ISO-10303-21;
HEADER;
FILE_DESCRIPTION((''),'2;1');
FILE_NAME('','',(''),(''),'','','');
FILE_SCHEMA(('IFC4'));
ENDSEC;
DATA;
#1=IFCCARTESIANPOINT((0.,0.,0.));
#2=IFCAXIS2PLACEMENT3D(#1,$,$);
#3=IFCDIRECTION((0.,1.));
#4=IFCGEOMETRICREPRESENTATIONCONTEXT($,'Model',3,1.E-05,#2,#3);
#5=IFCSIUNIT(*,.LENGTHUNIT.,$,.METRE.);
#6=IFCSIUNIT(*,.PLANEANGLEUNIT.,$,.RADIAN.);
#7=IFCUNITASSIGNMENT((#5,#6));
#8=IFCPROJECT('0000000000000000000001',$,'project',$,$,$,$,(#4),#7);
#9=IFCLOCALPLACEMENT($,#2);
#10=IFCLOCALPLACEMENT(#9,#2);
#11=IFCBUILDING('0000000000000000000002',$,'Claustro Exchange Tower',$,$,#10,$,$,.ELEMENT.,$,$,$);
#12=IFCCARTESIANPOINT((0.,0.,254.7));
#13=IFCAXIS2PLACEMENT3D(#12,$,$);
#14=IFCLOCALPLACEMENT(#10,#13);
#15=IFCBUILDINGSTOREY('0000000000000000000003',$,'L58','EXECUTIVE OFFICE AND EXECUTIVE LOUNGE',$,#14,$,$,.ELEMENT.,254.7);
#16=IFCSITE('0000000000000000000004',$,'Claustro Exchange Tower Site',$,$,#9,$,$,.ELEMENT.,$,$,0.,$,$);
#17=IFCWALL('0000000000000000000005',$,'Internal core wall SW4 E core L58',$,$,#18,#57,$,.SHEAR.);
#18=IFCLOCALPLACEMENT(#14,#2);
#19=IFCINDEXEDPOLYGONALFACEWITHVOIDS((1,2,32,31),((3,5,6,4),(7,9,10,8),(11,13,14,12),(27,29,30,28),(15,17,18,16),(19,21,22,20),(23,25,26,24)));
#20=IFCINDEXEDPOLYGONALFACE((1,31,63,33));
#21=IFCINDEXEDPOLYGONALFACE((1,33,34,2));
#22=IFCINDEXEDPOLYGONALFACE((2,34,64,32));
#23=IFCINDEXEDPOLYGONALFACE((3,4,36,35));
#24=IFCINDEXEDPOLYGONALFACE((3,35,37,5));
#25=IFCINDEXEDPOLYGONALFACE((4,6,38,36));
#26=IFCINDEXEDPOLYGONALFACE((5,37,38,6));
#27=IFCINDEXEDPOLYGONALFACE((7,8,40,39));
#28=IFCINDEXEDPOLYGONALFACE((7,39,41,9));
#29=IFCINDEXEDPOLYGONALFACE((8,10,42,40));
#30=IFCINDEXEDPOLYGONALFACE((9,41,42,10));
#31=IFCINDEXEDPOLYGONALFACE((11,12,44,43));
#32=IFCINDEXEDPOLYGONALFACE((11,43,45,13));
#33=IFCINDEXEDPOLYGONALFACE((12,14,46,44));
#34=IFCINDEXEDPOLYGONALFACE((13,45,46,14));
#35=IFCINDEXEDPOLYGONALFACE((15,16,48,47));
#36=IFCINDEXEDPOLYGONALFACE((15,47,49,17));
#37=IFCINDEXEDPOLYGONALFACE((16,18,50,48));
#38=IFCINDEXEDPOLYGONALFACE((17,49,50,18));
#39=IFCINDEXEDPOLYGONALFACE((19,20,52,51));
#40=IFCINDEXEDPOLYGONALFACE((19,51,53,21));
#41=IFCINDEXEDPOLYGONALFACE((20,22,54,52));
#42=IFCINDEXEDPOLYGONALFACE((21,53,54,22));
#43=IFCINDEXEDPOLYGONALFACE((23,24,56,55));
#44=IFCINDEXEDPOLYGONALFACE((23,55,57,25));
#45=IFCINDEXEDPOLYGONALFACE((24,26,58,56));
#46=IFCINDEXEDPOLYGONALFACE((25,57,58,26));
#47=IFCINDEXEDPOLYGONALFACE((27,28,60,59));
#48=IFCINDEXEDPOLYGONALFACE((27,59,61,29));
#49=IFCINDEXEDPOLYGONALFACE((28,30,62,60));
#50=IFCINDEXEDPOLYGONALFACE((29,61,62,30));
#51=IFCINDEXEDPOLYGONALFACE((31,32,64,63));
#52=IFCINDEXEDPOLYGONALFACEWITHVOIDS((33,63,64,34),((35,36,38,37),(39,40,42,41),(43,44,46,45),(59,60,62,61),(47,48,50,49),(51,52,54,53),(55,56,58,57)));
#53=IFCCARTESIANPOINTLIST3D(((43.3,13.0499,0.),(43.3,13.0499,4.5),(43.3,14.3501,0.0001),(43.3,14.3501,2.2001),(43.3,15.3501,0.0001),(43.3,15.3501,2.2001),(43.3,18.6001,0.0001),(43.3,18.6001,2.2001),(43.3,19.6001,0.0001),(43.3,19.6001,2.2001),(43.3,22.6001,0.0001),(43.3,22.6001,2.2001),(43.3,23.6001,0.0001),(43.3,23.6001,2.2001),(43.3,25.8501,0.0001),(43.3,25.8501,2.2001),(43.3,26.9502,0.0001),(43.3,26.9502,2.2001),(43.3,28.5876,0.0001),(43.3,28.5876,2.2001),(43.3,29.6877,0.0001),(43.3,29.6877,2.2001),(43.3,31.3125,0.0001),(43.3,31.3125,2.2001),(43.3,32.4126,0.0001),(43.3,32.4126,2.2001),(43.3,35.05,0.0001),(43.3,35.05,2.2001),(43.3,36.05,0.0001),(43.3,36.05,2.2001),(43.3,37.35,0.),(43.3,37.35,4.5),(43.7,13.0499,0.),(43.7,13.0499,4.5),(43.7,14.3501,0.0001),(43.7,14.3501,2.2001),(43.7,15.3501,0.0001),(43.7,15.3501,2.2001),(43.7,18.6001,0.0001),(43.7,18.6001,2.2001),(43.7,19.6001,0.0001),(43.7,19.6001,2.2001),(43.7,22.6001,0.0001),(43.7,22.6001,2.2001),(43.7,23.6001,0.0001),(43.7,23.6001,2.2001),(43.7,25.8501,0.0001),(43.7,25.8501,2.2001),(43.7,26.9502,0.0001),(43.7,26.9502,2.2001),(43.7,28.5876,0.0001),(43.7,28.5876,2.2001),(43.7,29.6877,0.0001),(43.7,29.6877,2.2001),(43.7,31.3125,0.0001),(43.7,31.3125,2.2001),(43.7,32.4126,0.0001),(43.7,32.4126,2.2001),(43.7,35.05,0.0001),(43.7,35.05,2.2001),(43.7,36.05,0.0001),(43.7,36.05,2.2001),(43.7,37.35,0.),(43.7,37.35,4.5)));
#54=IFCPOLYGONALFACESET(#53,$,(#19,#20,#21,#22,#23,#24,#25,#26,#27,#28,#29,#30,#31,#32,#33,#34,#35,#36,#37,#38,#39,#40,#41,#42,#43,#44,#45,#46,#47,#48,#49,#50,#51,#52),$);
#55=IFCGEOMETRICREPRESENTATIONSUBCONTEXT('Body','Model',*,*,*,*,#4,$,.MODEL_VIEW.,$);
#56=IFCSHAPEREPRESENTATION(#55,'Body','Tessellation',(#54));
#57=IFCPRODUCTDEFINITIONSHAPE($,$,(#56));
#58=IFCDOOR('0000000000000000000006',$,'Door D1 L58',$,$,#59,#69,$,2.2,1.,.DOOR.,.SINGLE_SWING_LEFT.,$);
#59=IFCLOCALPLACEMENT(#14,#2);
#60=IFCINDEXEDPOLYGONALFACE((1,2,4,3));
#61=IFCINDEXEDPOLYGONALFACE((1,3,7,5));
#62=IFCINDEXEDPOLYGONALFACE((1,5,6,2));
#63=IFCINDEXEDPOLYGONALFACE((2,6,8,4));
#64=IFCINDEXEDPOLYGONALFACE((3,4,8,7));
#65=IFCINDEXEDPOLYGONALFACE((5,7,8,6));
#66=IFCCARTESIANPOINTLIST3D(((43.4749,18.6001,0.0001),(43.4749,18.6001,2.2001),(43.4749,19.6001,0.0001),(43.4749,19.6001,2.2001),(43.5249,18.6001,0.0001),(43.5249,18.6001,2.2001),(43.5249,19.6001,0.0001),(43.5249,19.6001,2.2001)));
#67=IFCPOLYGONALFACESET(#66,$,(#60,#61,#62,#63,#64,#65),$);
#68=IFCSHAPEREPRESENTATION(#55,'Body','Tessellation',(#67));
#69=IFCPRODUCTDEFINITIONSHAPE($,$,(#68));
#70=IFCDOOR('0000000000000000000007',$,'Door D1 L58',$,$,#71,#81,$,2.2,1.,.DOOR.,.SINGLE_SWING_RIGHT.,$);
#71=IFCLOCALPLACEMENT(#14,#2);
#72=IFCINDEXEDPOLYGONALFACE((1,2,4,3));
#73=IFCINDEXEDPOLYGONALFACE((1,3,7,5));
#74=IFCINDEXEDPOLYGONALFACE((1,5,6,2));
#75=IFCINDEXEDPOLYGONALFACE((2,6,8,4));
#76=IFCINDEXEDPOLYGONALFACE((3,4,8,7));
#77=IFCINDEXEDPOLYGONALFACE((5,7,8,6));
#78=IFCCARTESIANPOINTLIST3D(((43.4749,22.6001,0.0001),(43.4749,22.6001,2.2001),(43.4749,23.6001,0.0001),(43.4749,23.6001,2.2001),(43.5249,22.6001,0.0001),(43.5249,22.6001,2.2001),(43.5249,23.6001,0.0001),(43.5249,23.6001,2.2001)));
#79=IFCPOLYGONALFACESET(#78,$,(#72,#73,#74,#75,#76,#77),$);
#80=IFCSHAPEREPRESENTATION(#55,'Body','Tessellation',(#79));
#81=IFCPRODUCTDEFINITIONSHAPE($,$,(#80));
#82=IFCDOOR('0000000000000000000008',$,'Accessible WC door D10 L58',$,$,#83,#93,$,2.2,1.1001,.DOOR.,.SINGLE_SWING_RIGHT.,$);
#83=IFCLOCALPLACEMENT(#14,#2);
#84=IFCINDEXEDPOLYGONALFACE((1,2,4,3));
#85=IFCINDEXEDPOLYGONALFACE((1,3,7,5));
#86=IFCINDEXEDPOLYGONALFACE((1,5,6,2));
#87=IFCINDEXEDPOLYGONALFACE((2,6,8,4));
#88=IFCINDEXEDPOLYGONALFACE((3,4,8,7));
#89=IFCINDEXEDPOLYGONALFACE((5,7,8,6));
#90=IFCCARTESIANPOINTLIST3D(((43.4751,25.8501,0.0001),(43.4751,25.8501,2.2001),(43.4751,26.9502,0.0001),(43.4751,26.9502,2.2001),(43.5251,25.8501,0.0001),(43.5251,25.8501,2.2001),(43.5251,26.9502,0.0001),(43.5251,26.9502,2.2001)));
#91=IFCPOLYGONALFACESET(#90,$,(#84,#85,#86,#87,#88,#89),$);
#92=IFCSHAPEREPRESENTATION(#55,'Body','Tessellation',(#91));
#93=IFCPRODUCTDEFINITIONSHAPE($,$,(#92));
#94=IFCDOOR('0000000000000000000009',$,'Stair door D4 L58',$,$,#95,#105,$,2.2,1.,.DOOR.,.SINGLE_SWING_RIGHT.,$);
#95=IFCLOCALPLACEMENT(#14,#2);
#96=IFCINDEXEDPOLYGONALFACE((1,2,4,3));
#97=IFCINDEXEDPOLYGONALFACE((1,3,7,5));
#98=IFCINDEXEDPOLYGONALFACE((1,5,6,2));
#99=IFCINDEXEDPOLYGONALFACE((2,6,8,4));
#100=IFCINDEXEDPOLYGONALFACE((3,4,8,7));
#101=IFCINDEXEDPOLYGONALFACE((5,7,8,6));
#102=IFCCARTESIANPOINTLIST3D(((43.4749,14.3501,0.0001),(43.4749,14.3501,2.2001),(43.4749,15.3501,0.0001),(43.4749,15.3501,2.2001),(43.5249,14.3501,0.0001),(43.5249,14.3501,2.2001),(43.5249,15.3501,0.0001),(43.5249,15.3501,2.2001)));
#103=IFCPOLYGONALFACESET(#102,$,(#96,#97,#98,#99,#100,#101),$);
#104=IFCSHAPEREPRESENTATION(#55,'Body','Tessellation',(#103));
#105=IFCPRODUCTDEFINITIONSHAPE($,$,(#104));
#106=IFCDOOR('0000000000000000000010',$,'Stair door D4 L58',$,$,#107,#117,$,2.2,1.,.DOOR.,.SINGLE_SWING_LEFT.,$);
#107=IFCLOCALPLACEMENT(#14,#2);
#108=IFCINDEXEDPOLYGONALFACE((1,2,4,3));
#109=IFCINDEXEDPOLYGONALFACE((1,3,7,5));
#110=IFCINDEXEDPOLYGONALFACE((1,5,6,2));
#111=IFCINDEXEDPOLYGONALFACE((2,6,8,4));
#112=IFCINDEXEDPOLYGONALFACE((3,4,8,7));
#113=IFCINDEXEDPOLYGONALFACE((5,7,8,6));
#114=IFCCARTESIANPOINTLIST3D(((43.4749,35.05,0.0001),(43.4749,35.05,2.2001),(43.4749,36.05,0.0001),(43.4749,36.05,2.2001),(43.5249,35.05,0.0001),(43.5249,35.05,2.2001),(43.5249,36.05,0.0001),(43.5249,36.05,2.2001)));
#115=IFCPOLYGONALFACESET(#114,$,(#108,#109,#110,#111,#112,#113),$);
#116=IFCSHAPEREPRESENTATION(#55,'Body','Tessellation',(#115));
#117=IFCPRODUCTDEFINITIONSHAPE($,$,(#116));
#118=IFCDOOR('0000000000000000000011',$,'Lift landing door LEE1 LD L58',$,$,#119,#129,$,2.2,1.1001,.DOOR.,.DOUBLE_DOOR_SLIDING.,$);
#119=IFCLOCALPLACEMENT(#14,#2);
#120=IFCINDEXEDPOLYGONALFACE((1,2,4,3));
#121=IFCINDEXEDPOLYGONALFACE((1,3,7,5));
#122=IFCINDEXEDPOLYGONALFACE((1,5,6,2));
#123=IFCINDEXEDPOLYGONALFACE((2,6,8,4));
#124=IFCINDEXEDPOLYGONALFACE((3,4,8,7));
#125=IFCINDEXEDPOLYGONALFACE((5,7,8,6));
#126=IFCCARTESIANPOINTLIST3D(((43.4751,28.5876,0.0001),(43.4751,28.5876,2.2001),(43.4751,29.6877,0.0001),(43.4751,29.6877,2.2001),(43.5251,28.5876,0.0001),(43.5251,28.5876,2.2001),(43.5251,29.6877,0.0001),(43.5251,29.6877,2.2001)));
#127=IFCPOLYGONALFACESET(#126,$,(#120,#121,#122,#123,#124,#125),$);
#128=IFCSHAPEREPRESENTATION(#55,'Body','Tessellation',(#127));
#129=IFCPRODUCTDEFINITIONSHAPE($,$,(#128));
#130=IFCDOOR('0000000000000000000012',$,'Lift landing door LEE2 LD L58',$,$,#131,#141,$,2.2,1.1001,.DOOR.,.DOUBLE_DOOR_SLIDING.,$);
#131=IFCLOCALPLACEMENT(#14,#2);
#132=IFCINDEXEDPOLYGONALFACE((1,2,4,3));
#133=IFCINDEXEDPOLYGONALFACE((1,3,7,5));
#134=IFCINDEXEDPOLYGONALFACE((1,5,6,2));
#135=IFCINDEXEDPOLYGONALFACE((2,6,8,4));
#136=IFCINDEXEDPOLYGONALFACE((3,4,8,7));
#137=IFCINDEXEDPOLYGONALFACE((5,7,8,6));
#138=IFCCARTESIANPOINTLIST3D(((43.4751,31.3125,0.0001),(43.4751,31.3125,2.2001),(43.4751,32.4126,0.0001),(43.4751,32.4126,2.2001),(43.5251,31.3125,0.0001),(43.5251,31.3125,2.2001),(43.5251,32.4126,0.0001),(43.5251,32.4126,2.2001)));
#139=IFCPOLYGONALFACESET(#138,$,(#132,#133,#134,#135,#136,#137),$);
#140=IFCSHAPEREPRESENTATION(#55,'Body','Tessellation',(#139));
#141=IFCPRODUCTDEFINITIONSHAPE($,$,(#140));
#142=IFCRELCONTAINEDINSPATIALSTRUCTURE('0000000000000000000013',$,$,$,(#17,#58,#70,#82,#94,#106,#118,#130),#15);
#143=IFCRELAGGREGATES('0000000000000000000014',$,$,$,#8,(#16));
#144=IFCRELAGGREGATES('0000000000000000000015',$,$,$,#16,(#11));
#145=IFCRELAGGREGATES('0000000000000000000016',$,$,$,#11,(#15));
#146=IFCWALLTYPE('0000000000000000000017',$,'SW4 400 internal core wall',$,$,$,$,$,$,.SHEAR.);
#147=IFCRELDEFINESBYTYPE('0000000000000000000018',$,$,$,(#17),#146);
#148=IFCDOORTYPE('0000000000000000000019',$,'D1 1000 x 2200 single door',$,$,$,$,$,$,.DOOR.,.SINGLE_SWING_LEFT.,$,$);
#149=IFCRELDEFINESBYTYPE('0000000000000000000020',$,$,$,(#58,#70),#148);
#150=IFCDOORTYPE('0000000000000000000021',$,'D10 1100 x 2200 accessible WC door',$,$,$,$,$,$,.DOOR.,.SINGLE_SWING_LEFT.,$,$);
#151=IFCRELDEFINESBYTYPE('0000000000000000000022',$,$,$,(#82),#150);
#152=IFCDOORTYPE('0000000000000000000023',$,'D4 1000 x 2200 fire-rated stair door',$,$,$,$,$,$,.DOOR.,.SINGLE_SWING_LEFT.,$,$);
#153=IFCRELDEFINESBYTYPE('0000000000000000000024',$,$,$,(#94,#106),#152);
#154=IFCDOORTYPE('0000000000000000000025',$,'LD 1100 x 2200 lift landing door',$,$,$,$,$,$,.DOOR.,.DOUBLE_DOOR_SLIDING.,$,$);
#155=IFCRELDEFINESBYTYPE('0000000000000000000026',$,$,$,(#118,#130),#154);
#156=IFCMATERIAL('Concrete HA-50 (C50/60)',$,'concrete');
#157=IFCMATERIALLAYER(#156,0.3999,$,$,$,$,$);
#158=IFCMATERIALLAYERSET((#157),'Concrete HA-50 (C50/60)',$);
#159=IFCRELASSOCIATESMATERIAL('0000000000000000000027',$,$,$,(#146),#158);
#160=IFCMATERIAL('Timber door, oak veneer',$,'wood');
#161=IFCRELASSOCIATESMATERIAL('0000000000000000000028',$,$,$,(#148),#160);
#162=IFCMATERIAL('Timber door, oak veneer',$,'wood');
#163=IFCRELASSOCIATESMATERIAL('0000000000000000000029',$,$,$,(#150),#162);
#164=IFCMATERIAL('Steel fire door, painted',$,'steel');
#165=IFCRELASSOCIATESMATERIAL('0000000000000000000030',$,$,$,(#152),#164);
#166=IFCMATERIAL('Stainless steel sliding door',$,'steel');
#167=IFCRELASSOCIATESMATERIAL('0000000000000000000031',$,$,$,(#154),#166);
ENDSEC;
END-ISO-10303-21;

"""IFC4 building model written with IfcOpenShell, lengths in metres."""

from ifc_helpers import new_model, si_unit, direction, frame, frame_2d, origin, place, context, subcontext, project, spatial, rectangle, extrude, material, layer, layer_set, type_object, element, fill, save


model = new_model("IFC4")

# Units and contexts
model_context = context("Model", 3, precision=1e-05, world=origin(), true_north=direction((0.0, 1.0)))
body_context = subcontext(model_context, "Body", "Model", "MODEL_VIEW")
ifc_project = project(units=[si_unit("LENGTHUNIT", "METRE"), si_unit("PLANEANGLEUNIT", "RADIAN")], contexts=[model_context])

# Site, building, storey
site_placement = place(None, origin())
site = spatial("IfcSite", under=ifc_project, at=site_placement, Name="Claustro Exchange Tower Site", CompositionType="ELEMENT", RefElevation=0.0)
building_placement = place(site_placement, origin())
building = spatial("IfcBuilding", under=site, at=building_placement, Name="Claustro Exchange Tower", CompositionType="ELEMENT")
storey_placement = place(building_placement, frame((0.0, 0.0, 254.7)))
storey = spatial("IfcBuildingStorey", under=building, at=storey_placement, Name="L58", Description="EXECUTIVE OFFICE AND EXECUTIVE LOUNGE", CompositionType="ELEMENT", Elevation=254.7)

# Wall, openings, doors
ifc_material_1 = material(Name="Concrete HA-50 (C50/60)", Category="concrete")
ifc_layer_1 = layer(ifc_material_1, 0.3999)
ifc_layer_set_1 = layer_set([ifc_layer_1], Name="Concrete HA-50 (C50/60)")
wall_type_1 = type_object("IfcWallType", Name="SW4 400 internal core wall", PredefinedType="SHEAR", material=ifc_layer_set_1)
wall_1_placement = place(storey_placement, frame((43.5, 13.05, 0.0), z_axis=(0.0, 0.0, 1.0), x_axis=(0.0, 1.0, 0.0)))
wall_1 = element("IfcWall", 1, at=wall_1_placement, inside=storey, type_object=wall_type_1, Name="Internal core wall SW4 E core L58", PredefinedType="SHEAR", context=body_context, shape_type="SweptSolid", body=[
    extrude(rectangle(XDim=24.3, YDim=0.3999, at=frame_2d((12.1499, 0.0))), origin(), (0.0, 0.0, 1.0), 4.5),
])
opening_1_placement = place(wall_1_placement, frame((1.3, 0.0, 0.0)))
opening_1 = element("IfcOpeningElement", 2, at=opening_1_placement, cuts=wall_1, PredefinedType="OPENING", context=body_context, shape_type="SweptSolid", body=[
    extrude(rectangle(XDim=1.0, YDim=2.2, at=frame_2d((0.5, 1.1001))), frame((0.0, 0.21, 0.0), z_axis=(0.0, -1.0, 0.0), x_axis=(1.0, 0.0, 0.0)), (0.0, 0.0, 1.0), 0.4199),
])
opening_2_placement = place(wall_1_placement, frame((22.0, 0.0, 0.0)))
opening_2 = element("IfcOpeningElement", 3, at=opening_2_placement, cuts=wall_1, PredefinedType="OPENING", context=body_context, shape_type="SweptSolid", body=[
    extrude(rectangle(XDim=1.0, YDim=2.2, at=frame_2d((0.5, 1.1001))), frame((0.0, 0.21, 0.0), z_axis=(0.0, -1.0, 0.0), x_axis=(1.0, 0.0, 0.0)), (0.0, 0.0, 1.0), 0.4199),
])
opening_3_placement = place(wall_1_placement, frame((5.55, 0.0, 0.0)))
opening_3 = element("IfcOpeningElement", 4, at=opening_3_placement, cuts=wall_1, PredefinedType="OPENING", context=body_context, shape_type="SweptSolid", body=[
    extrude(rectangle(XDim=1.0, YDim=2.2, at=frame_2d((0.5, 1.1001))), frame((0.0, 0.21, 0.0), z_axis=(0.0, -1.0, 0.0), x_axis=(1.0, 0.0, 0.0)), (0.0, 0.0, 1.0), 0.4199),
])
opening_4_placement = place(wall_1_placement, frame((9.55, 0.0, 0.0)))
opening_4 = element("IfcOpeningElement", 5, at=opening_4_placement, cuts=wall_1, PredefinedType="OPENING", context=body_context, shape_type="SweptSolid", body=[
    extrude(rectangle(XDim=1.0, YDim=2.2, at=frame_2d((0.5, 1.1001))), frame((0.0, 0.21, 0.0), z_axis=(0.0, -1.0, 0.0), x_axis=(1.0, 0.0, 0.0)), (0.0, 0.0, 1.0), 0.4199),
])
opening_5_placement = place(wall_1_placement, frame((12.8, 0.0, 0.0)))
opening_5 = element("IfcOpeningElement", 6, at=opening_5_placement, cuts=wall_1, PredefinedType="OPENING", context=body_context, shape_type="SweptSolid", body=[
    extrude(rectangle(XDim=1.1001, YDim=2.2, at=frame_2d((0.55, 1.1001))), frame((0.0, 0.21, 0.0), z_axis=(0.0, -1.0, 0.0), x_axis=(1.0, 0.0, 0.0)), (0.0, 0.0, 1.0), 0.4199),
])
opening_6_placement = place(wall_1_placement, frame((15.5376, 0.0, 0.0)))
opening_6 = element("IfcOpeningElement", 7, at=opening_6_placement, cuts=wall_1, PredefinedType="OPENING", context=body_context, shape_type="SweptSolid", body=[
    extrude(rectangle(XDim=1.1001, YDim=2.2, at=frame_2d((0.55, 1.1001))), frame((0.0, 0.21, 0.0), z_axis=(0.0, -1.0, 0.0), x_axis=(1.0, 0.0, 0.0)), (0.0, 0.0, 1.0), 0.4199),
])
opening_7_placement = place(wall_1_placement, frame((18.2625, 0.0, 0.0)))
opening_7 = element("IfcOpeningElement", 8, at=opening_7_placement, cuts=wall_1, PredefinedType="OPENING", context=body_context, shape_type="SweptSolid", body=[
    extrude(rectangle(XDim=1.1001, YDim=2.2, at=frame_2d((0.55, 1.1001))), frame((0.0, 0.21, 0.0), z_axis=(0.0, -1.0, 0.0), x_axis=(1.0, 0.0, 0.0)), (0.0, 0.0, 1.0), 0.4199),
])
ifc_material_2 = material(Name="Timber door, oak veneer", Category="wood")
door_type_1 = type_object("IfcDoorType", Name="D1 1000 x 2200 single door", OperationType="SINGLE_SWING_LEFT", PredefinedType="DOOR", material=ifc_material_2)
door_1_placement = place(opening_3_placement, frame((1.0, 0.0, 0.0), z_axis=(0.0, 0.0, 1.0), x_axis=(-1.0, 0.0, 0.0)))
door_1 = element("IfcDoor", 9, at=door_1_placement, inside=storey, type_object=door_type_1, Name="Door D1 L58", OperationType="SINGLE_SWING_LEFT", OverallHeight=2.2, OverallWidth=1.0, PredefinedType="DOOR", context=body_context, shape_type="SweptSolid", body=[
    extrude(rectangle(XDim=1.0, YDim=2.2, at=frame_2d((0.5, 1.1001))), frame((0.0, 0.0249, 0.0), z_axis=(0.0, -1.0, 0.0), x_axis=(1.0, 0.0, 0.0)), (0.0, 0.0, 1.0), 0.05),
])
fill(opening_3, door_1)
door_2_placement = place(opening_4_placement, frame((1.0, 0.0, 0.0), z_axis=(0.0, 0.0, 1.0), x_axis=(-1.0, 0.0, 0.0)))
door_2 = element("IfcDoor", 10, at=door_2_placement, inside=storey, type_object=door_type_1, Name="Door D1 L58", OperationType="SINGLE_SWING_RIGHT", OverallHeight=2.2, OverallWidth=1.0, PredefinedType="DOOR", context=body_context, shape_type="SweptSolid", body=[
    extrude(rectangle(XDim=1.0, YDim=2.2, at=frame_2d((0.5, 1.1001))), frame((0.0, 0.0249, 0.0), z_axis=(0.0, -1.0, 0.0), x_axis=(1.0, 0.0, 0.0)), (0.0, 0.0, 1.0), 0.05),
])
fill(opening_4, door_2)
ifc_material_3 = material(Name="Timber door, oak veneer", Category="wood")
door_type_2 = type_object("IfcDoorType", Name="D10 1100 x 2200 accessible WC door", OperationType="SINGLE_SWING_LEFT", PredefinedType="DOOR", material=ifc_material_3)
door_3_placement = place(opening_5_placement, origin())
door_3 = element("IfcDoor", 11, at=door_3_placement, inside=storey, type_object=door_type_2, Name="Accessible WC door D10 L58", OperationType="SINGLE_SWING_RIGHT", OverallHeight=2.2, OverallWidth=1.1001, PredefinedType="DOOR", context=body_context, shape_type="SweptSolid", body=[
    extrude(rectangle(XDim=1.1001, YDim=2.2, at=frame_2d((0.55, 1.1001))), frame((0.0, 0.0249, 0.0), z_axis=(0.0, -1.0, 0.0), x_axis=(1.0, 0.0, 0.0)), (0.0, 0.0, 1.0), 0.05),
])
fill(opening_5, door_3)
ifc_material_4 = material(Name="Steel fire door, painted", Category="steel")
door_type_3 = type_object("IfcDoorType", Name="D4 1000 x 2200 fire-rated stair door", OperationType="SINGLE_SWING_LEFT", PredefinedType="DOOR", material=ifc_material_4)
door_4_placement = place(opening_1_placement, frame((1.0, 0.0, 0.0), z_axis=(0.0, 0.0, 1.0), x_axis=(-1.0, 0.0, 0.0)))
door_4 = element("IfcDoor", 12, at=door_4_placement, inside=storey, type_object=door_type_3, Name="Stair door D4 L58", OperationType="SINGLE_SWING_RIGHT", OverallHeight=2.2, OverallWidth=1.0, PredefinedType="DOOR", context=body_context, shape_type="SweptSolid", body=[
    extrude(rectangle(XDim=1.0, YDim=2.2, at=frame_2d((0.5, 1.1001))), frame((0.0, 0.0249, 0.0), z_axis=(0.0, -1.0, 0.0), x_axis=(1.0, 0.0, 0.0)), (0.0, 0.0, 1.0), 0.05),
])
fill(opening_1, door_4)
door_5_placement = place(opening_2_placement, frame((1.0, 0.0, 0.0), z_axis=(0.0, 0.0, 1.0), x_axis=(-1.0, 0.0, 0.0)))
door_5 = element("IfcDoor", 13, at=door_5_placement, inside=storey, type_object=door_type_3, Name="Stair door D4 L58", OperationType="SINGLE_SWING_LEFT", OverallHeight=2.2, OverallWidth=1.0, PredefinedType="DOOR", context=body_context, shape_type="SweptSolid", body=[
    extrude(rectangle(XDim=1.0, YDim=2.2, at=frame_2d((0.5, 1.1001))), frame((0.0, 0.0249, 0.0), z_axis=(0.0, -1.0, 0.0), x_axis=(1.0, 0.0, 0.0)), (0.0, 0.0, 1.0), 0.05),
])
fill(opening_2, door_5)
ifc_material_5 = material(Name="Stainless steel sliding door", Category="steel")
door_type_4 = type_object("IfcDoorType", Name="LD 1100 x 2200 lift landing door", OperationType="DOUBLE_DOOR_SLIDING", PredefinedType="DOOR", material=ifc_material_5)
door_6_placement = place(opening_6_placement, origin())
door_6 = element("IfcDoor", 14, at=door_6_placement, inside=storey, type_object=door_type_4, Name="Lift landing door LEE1 LD L58", OperationType="DOUBLE_DOOR_SLIDING", OverallHeight=2.2, OverallWidth=1.1001, PredefinedType="DOOR", context=body_context, shape_type="SweptSolid", body=[
    extrude(rectangle(XDim=1.1001, YDim=2.2, at=frame_2d((0.55, 1.1001))), frame((0.0, 0.0249, 0.0), z_axis=(0.0, -1.0, 0.0), x_axis=(1.0, 0.0, 0.0)), (0.0, 0.0, 1.0), 0.05),
])
fill(opening_6, door_6)
door_7_placement = place(opening_7_placement, origin())
door_7 = element("IfcDoor", 15, at=door_7_placement, inside=storey, type_object=door_type_4, Name="Lift landing door LEE2 LD L58", OperationType="DOUBLE_DOOR_SLIDING", OverallHeight=2.2, OverallWidth=1.1001, PredefinedType="DOOR", context=body_context, shape_type="SweptSolid", body=[
    extrude(rectangle(XDim=1.1001, YDim=2.2, at=frame_2d((0.55, 1.1001))), frame((0.0, 0.0249, 0.0), z_axis=(0.0, -1.0, 0.0), x_axis=(1.0, 0.0, 0.0)), (0.0, 0.0, 1.0), 0.05),
])
fill(opening_7, door_7)

save(model, "model.ifc")
